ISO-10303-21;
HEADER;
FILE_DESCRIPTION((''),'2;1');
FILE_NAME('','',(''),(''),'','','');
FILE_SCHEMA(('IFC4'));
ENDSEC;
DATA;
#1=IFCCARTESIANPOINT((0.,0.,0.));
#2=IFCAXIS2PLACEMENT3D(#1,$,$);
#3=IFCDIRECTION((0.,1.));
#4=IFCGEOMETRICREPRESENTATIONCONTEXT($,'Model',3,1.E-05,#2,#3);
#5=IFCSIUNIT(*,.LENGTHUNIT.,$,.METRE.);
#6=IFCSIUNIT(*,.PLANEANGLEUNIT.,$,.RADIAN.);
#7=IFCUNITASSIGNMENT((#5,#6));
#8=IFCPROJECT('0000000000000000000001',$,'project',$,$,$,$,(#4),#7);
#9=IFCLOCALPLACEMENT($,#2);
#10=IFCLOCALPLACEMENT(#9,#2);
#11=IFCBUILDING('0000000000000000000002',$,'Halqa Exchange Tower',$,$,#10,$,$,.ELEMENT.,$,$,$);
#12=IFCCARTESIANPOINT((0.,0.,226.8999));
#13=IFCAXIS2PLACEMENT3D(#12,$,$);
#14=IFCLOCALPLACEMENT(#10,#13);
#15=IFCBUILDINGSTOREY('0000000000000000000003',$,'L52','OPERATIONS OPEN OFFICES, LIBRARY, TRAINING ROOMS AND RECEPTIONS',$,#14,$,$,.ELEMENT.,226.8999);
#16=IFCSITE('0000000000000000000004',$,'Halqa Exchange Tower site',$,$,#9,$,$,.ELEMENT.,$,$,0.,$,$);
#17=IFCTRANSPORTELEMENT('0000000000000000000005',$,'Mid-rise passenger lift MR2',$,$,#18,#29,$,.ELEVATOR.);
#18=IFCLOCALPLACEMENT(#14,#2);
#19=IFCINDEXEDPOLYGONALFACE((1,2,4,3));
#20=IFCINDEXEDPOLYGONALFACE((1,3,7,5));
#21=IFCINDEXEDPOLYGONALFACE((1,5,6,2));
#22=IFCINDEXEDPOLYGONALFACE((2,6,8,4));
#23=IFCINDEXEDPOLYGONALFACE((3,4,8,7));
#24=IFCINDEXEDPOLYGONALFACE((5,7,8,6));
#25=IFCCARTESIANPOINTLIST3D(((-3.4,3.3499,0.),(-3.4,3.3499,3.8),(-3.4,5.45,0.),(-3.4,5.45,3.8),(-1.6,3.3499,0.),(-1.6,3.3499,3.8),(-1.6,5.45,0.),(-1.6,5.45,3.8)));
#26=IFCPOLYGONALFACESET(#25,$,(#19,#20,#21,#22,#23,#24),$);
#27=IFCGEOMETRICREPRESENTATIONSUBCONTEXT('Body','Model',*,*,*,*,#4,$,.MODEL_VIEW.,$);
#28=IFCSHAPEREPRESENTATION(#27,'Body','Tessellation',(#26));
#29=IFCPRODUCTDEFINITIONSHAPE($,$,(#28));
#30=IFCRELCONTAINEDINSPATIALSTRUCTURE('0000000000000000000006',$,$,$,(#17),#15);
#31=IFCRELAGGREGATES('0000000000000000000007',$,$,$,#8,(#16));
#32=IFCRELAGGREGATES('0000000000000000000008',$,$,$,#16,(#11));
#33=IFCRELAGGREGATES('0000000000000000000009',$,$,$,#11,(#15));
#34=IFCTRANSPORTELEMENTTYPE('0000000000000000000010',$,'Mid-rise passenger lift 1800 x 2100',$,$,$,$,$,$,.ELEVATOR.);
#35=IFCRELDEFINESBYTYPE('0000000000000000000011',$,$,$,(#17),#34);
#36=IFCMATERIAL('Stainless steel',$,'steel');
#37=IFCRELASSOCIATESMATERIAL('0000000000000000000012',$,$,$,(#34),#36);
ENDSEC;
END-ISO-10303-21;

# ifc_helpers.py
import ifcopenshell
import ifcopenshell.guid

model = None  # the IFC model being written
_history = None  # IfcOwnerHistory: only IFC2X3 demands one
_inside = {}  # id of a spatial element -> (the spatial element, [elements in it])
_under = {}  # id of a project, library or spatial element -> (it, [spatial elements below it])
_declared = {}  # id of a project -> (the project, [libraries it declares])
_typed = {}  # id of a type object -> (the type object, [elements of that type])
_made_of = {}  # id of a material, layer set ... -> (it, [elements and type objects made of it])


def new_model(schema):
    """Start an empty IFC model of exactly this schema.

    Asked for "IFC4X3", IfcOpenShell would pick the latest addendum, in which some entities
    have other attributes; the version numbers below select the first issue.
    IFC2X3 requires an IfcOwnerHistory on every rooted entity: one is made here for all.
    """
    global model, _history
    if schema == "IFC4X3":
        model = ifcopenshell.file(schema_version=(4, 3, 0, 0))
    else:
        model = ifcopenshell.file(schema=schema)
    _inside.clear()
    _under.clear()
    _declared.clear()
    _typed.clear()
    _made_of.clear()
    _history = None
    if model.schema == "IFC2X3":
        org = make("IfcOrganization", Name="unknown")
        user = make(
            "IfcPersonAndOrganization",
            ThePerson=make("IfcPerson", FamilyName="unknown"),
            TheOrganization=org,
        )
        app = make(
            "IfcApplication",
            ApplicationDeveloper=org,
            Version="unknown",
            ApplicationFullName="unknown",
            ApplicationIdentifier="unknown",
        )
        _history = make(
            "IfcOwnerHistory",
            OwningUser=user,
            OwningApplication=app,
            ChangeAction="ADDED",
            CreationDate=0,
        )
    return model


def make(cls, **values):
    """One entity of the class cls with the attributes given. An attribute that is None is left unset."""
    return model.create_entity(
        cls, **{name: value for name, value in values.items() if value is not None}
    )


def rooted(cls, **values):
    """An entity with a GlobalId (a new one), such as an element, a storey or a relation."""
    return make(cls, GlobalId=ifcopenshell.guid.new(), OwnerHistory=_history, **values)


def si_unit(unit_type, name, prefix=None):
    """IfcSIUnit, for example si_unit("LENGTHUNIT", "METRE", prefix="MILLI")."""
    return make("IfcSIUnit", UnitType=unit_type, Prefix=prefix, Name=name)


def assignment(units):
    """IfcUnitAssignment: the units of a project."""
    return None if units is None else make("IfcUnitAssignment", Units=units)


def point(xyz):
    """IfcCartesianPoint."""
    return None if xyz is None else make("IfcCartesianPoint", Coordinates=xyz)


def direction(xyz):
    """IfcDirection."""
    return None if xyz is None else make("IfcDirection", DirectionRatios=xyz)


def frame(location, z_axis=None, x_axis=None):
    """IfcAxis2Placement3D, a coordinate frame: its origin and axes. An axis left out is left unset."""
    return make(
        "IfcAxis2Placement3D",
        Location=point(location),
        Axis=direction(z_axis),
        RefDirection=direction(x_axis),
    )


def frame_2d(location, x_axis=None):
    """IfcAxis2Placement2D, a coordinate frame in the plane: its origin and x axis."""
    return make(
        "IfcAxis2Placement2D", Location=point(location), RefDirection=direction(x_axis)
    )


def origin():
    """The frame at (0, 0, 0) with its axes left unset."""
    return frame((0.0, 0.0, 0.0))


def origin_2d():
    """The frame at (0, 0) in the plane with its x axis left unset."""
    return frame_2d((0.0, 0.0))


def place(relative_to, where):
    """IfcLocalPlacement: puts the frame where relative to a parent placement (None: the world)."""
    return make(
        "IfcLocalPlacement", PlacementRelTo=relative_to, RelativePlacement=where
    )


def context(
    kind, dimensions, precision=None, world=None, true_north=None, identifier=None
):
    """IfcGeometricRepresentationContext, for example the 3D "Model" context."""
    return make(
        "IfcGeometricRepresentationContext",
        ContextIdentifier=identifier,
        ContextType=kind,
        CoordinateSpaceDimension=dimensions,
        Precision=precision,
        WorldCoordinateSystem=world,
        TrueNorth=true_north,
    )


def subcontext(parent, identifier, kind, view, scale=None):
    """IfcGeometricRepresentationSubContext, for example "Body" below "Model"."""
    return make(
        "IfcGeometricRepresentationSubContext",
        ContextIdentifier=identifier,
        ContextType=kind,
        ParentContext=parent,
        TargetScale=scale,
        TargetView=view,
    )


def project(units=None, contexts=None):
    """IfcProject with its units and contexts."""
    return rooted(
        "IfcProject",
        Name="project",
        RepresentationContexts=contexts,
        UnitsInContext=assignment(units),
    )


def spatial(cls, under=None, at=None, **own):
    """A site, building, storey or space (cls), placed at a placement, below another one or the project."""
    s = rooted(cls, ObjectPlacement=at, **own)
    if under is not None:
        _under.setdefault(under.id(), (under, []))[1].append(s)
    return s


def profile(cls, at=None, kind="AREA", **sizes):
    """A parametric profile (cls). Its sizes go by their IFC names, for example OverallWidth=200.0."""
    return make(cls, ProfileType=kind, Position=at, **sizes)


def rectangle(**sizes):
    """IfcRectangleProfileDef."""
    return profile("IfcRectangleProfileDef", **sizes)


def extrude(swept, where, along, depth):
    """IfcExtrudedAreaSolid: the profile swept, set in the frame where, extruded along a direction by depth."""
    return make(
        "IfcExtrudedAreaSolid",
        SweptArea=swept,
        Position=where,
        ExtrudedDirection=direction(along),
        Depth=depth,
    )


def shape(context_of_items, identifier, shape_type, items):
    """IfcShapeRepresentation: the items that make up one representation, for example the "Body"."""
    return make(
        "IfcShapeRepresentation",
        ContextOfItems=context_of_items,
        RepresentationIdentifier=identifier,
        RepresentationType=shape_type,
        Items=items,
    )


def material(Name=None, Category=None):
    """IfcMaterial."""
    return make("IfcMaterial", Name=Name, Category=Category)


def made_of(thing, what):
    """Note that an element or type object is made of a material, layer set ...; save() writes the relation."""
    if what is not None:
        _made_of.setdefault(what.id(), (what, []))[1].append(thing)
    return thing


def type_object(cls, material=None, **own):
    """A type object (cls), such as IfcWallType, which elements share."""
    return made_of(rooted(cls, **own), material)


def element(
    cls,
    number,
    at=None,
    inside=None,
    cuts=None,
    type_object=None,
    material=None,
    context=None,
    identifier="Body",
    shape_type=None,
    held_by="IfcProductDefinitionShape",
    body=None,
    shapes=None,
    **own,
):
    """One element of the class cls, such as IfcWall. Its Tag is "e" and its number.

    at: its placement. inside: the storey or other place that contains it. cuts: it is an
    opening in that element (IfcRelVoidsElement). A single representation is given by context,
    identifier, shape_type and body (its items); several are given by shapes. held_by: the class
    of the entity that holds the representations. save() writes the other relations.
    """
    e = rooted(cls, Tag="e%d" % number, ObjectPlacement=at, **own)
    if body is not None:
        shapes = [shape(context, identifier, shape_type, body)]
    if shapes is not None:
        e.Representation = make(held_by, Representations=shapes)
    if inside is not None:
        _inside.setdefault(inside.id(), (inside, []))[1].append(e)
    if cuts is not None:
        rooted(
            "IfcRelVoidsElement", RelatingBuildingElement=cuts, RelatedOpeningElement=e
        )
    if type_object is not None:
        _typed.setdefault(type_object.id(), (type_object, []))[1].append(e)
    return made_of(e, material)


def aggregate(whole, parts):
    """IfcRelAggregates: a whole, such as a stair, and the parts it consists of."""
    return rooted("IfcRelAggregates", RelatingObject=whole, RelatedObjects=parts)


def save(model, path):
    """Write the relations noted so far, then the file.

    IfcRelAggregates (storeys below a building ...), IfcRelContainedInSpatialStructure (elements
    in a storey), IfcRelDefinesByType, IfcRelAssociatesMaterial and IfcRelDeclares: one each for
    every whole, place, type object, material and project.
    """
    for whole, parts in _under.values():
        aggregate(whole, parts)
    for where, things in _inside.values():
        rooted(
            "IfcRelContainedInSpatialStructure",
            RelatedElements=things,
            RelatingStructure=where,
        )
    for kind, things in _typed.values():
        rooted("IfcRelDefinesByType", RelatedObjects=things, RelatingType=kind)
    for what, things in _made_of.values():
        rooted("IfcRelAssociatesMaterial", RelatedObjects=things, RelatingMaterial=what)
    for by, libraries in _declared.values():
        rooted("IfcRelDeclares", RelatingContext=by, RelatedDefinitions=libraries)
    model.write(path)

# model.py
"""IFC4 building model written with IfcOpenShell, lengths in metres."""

from ifc_helpers import new_model, si_unit, direction, frame, origin, origin_2d, place, context, subcontext, project, spatial, rectangle, extrude, material, type_object, element, save


model = new_model("IFC4")

# Units and contexts
model_context = context("Model", 3, precision=1e-05, world=origin(), true_north=direction((0.0, 1.0)))
body_context = subcontext(model_context, "Body", "Model", "MODEL_VIEW")
ifc_project = project(units=[si_unit("LENGTHUNIT", "METRE"), si_unit("PLANEANGLEUNIT", "RADIAN")], contexts=[model_context])

# Site, building, storey
site_placement = place(None, origin())
site = spatial("IfcSite", under=ifc_project, at=site_placement, Name="Halqa Exchange Tower site", CompositionType="ELEMENT", RefElevation=0.0)
building_placement = place(site_placement, origin())
building = spatial("IfcBuilding", under=site, at=building_placement, Name="Halqa Exchange Tower", CompositionType="ELEMENT")
storey_placement = place(building_placement, frame((0.0, 0.0, 226.8999)))
storey = spatial("IfcBuildingStorey", under=building, at=storey_placement, Name="L52", Description="OPERATIONS OPEN OFFICES, LIBRARY, TRAINING ROOMS AND RECEPTIONS", CompositionType="ELEMENT", Elevation=226.8999)

# Shared definitions
ifc_material_1 = material(Name="Stainless steel", Category="steel")

# Transport element
transport_element_type_1 = type_object("IfcTransportElementType", Name="Mid-rise passenger lift 1800 x 2100", PredefinedType="ELEVATOR", material=ifc_material_1)
for number, where, z_axis, x_axis, name in (
    (1, (-2.5, 4.3999, 0.0), (0.0, 0.0, 1.0), (1.0, 0.0, 0.0), "Mid-rise passenger lift MR2"),
):
    element("IfcTransportElement", number, at=place(storey_placement, frame(where, z_axis=z_axis, x_axis=x_axis)), inside=storey, type_object=transport_element_type_1, Name=name, PredefinedType="ELEVATOR", context=body_context, shape_type="SweptSolid", body=[
        extrude(rectangle(XDim=1.8, YDim=2.1001, at=origin_2d()), origin(), (0.0, 0.0, 1.0), 3.8),
    ])

save(model, "model.ifc")
